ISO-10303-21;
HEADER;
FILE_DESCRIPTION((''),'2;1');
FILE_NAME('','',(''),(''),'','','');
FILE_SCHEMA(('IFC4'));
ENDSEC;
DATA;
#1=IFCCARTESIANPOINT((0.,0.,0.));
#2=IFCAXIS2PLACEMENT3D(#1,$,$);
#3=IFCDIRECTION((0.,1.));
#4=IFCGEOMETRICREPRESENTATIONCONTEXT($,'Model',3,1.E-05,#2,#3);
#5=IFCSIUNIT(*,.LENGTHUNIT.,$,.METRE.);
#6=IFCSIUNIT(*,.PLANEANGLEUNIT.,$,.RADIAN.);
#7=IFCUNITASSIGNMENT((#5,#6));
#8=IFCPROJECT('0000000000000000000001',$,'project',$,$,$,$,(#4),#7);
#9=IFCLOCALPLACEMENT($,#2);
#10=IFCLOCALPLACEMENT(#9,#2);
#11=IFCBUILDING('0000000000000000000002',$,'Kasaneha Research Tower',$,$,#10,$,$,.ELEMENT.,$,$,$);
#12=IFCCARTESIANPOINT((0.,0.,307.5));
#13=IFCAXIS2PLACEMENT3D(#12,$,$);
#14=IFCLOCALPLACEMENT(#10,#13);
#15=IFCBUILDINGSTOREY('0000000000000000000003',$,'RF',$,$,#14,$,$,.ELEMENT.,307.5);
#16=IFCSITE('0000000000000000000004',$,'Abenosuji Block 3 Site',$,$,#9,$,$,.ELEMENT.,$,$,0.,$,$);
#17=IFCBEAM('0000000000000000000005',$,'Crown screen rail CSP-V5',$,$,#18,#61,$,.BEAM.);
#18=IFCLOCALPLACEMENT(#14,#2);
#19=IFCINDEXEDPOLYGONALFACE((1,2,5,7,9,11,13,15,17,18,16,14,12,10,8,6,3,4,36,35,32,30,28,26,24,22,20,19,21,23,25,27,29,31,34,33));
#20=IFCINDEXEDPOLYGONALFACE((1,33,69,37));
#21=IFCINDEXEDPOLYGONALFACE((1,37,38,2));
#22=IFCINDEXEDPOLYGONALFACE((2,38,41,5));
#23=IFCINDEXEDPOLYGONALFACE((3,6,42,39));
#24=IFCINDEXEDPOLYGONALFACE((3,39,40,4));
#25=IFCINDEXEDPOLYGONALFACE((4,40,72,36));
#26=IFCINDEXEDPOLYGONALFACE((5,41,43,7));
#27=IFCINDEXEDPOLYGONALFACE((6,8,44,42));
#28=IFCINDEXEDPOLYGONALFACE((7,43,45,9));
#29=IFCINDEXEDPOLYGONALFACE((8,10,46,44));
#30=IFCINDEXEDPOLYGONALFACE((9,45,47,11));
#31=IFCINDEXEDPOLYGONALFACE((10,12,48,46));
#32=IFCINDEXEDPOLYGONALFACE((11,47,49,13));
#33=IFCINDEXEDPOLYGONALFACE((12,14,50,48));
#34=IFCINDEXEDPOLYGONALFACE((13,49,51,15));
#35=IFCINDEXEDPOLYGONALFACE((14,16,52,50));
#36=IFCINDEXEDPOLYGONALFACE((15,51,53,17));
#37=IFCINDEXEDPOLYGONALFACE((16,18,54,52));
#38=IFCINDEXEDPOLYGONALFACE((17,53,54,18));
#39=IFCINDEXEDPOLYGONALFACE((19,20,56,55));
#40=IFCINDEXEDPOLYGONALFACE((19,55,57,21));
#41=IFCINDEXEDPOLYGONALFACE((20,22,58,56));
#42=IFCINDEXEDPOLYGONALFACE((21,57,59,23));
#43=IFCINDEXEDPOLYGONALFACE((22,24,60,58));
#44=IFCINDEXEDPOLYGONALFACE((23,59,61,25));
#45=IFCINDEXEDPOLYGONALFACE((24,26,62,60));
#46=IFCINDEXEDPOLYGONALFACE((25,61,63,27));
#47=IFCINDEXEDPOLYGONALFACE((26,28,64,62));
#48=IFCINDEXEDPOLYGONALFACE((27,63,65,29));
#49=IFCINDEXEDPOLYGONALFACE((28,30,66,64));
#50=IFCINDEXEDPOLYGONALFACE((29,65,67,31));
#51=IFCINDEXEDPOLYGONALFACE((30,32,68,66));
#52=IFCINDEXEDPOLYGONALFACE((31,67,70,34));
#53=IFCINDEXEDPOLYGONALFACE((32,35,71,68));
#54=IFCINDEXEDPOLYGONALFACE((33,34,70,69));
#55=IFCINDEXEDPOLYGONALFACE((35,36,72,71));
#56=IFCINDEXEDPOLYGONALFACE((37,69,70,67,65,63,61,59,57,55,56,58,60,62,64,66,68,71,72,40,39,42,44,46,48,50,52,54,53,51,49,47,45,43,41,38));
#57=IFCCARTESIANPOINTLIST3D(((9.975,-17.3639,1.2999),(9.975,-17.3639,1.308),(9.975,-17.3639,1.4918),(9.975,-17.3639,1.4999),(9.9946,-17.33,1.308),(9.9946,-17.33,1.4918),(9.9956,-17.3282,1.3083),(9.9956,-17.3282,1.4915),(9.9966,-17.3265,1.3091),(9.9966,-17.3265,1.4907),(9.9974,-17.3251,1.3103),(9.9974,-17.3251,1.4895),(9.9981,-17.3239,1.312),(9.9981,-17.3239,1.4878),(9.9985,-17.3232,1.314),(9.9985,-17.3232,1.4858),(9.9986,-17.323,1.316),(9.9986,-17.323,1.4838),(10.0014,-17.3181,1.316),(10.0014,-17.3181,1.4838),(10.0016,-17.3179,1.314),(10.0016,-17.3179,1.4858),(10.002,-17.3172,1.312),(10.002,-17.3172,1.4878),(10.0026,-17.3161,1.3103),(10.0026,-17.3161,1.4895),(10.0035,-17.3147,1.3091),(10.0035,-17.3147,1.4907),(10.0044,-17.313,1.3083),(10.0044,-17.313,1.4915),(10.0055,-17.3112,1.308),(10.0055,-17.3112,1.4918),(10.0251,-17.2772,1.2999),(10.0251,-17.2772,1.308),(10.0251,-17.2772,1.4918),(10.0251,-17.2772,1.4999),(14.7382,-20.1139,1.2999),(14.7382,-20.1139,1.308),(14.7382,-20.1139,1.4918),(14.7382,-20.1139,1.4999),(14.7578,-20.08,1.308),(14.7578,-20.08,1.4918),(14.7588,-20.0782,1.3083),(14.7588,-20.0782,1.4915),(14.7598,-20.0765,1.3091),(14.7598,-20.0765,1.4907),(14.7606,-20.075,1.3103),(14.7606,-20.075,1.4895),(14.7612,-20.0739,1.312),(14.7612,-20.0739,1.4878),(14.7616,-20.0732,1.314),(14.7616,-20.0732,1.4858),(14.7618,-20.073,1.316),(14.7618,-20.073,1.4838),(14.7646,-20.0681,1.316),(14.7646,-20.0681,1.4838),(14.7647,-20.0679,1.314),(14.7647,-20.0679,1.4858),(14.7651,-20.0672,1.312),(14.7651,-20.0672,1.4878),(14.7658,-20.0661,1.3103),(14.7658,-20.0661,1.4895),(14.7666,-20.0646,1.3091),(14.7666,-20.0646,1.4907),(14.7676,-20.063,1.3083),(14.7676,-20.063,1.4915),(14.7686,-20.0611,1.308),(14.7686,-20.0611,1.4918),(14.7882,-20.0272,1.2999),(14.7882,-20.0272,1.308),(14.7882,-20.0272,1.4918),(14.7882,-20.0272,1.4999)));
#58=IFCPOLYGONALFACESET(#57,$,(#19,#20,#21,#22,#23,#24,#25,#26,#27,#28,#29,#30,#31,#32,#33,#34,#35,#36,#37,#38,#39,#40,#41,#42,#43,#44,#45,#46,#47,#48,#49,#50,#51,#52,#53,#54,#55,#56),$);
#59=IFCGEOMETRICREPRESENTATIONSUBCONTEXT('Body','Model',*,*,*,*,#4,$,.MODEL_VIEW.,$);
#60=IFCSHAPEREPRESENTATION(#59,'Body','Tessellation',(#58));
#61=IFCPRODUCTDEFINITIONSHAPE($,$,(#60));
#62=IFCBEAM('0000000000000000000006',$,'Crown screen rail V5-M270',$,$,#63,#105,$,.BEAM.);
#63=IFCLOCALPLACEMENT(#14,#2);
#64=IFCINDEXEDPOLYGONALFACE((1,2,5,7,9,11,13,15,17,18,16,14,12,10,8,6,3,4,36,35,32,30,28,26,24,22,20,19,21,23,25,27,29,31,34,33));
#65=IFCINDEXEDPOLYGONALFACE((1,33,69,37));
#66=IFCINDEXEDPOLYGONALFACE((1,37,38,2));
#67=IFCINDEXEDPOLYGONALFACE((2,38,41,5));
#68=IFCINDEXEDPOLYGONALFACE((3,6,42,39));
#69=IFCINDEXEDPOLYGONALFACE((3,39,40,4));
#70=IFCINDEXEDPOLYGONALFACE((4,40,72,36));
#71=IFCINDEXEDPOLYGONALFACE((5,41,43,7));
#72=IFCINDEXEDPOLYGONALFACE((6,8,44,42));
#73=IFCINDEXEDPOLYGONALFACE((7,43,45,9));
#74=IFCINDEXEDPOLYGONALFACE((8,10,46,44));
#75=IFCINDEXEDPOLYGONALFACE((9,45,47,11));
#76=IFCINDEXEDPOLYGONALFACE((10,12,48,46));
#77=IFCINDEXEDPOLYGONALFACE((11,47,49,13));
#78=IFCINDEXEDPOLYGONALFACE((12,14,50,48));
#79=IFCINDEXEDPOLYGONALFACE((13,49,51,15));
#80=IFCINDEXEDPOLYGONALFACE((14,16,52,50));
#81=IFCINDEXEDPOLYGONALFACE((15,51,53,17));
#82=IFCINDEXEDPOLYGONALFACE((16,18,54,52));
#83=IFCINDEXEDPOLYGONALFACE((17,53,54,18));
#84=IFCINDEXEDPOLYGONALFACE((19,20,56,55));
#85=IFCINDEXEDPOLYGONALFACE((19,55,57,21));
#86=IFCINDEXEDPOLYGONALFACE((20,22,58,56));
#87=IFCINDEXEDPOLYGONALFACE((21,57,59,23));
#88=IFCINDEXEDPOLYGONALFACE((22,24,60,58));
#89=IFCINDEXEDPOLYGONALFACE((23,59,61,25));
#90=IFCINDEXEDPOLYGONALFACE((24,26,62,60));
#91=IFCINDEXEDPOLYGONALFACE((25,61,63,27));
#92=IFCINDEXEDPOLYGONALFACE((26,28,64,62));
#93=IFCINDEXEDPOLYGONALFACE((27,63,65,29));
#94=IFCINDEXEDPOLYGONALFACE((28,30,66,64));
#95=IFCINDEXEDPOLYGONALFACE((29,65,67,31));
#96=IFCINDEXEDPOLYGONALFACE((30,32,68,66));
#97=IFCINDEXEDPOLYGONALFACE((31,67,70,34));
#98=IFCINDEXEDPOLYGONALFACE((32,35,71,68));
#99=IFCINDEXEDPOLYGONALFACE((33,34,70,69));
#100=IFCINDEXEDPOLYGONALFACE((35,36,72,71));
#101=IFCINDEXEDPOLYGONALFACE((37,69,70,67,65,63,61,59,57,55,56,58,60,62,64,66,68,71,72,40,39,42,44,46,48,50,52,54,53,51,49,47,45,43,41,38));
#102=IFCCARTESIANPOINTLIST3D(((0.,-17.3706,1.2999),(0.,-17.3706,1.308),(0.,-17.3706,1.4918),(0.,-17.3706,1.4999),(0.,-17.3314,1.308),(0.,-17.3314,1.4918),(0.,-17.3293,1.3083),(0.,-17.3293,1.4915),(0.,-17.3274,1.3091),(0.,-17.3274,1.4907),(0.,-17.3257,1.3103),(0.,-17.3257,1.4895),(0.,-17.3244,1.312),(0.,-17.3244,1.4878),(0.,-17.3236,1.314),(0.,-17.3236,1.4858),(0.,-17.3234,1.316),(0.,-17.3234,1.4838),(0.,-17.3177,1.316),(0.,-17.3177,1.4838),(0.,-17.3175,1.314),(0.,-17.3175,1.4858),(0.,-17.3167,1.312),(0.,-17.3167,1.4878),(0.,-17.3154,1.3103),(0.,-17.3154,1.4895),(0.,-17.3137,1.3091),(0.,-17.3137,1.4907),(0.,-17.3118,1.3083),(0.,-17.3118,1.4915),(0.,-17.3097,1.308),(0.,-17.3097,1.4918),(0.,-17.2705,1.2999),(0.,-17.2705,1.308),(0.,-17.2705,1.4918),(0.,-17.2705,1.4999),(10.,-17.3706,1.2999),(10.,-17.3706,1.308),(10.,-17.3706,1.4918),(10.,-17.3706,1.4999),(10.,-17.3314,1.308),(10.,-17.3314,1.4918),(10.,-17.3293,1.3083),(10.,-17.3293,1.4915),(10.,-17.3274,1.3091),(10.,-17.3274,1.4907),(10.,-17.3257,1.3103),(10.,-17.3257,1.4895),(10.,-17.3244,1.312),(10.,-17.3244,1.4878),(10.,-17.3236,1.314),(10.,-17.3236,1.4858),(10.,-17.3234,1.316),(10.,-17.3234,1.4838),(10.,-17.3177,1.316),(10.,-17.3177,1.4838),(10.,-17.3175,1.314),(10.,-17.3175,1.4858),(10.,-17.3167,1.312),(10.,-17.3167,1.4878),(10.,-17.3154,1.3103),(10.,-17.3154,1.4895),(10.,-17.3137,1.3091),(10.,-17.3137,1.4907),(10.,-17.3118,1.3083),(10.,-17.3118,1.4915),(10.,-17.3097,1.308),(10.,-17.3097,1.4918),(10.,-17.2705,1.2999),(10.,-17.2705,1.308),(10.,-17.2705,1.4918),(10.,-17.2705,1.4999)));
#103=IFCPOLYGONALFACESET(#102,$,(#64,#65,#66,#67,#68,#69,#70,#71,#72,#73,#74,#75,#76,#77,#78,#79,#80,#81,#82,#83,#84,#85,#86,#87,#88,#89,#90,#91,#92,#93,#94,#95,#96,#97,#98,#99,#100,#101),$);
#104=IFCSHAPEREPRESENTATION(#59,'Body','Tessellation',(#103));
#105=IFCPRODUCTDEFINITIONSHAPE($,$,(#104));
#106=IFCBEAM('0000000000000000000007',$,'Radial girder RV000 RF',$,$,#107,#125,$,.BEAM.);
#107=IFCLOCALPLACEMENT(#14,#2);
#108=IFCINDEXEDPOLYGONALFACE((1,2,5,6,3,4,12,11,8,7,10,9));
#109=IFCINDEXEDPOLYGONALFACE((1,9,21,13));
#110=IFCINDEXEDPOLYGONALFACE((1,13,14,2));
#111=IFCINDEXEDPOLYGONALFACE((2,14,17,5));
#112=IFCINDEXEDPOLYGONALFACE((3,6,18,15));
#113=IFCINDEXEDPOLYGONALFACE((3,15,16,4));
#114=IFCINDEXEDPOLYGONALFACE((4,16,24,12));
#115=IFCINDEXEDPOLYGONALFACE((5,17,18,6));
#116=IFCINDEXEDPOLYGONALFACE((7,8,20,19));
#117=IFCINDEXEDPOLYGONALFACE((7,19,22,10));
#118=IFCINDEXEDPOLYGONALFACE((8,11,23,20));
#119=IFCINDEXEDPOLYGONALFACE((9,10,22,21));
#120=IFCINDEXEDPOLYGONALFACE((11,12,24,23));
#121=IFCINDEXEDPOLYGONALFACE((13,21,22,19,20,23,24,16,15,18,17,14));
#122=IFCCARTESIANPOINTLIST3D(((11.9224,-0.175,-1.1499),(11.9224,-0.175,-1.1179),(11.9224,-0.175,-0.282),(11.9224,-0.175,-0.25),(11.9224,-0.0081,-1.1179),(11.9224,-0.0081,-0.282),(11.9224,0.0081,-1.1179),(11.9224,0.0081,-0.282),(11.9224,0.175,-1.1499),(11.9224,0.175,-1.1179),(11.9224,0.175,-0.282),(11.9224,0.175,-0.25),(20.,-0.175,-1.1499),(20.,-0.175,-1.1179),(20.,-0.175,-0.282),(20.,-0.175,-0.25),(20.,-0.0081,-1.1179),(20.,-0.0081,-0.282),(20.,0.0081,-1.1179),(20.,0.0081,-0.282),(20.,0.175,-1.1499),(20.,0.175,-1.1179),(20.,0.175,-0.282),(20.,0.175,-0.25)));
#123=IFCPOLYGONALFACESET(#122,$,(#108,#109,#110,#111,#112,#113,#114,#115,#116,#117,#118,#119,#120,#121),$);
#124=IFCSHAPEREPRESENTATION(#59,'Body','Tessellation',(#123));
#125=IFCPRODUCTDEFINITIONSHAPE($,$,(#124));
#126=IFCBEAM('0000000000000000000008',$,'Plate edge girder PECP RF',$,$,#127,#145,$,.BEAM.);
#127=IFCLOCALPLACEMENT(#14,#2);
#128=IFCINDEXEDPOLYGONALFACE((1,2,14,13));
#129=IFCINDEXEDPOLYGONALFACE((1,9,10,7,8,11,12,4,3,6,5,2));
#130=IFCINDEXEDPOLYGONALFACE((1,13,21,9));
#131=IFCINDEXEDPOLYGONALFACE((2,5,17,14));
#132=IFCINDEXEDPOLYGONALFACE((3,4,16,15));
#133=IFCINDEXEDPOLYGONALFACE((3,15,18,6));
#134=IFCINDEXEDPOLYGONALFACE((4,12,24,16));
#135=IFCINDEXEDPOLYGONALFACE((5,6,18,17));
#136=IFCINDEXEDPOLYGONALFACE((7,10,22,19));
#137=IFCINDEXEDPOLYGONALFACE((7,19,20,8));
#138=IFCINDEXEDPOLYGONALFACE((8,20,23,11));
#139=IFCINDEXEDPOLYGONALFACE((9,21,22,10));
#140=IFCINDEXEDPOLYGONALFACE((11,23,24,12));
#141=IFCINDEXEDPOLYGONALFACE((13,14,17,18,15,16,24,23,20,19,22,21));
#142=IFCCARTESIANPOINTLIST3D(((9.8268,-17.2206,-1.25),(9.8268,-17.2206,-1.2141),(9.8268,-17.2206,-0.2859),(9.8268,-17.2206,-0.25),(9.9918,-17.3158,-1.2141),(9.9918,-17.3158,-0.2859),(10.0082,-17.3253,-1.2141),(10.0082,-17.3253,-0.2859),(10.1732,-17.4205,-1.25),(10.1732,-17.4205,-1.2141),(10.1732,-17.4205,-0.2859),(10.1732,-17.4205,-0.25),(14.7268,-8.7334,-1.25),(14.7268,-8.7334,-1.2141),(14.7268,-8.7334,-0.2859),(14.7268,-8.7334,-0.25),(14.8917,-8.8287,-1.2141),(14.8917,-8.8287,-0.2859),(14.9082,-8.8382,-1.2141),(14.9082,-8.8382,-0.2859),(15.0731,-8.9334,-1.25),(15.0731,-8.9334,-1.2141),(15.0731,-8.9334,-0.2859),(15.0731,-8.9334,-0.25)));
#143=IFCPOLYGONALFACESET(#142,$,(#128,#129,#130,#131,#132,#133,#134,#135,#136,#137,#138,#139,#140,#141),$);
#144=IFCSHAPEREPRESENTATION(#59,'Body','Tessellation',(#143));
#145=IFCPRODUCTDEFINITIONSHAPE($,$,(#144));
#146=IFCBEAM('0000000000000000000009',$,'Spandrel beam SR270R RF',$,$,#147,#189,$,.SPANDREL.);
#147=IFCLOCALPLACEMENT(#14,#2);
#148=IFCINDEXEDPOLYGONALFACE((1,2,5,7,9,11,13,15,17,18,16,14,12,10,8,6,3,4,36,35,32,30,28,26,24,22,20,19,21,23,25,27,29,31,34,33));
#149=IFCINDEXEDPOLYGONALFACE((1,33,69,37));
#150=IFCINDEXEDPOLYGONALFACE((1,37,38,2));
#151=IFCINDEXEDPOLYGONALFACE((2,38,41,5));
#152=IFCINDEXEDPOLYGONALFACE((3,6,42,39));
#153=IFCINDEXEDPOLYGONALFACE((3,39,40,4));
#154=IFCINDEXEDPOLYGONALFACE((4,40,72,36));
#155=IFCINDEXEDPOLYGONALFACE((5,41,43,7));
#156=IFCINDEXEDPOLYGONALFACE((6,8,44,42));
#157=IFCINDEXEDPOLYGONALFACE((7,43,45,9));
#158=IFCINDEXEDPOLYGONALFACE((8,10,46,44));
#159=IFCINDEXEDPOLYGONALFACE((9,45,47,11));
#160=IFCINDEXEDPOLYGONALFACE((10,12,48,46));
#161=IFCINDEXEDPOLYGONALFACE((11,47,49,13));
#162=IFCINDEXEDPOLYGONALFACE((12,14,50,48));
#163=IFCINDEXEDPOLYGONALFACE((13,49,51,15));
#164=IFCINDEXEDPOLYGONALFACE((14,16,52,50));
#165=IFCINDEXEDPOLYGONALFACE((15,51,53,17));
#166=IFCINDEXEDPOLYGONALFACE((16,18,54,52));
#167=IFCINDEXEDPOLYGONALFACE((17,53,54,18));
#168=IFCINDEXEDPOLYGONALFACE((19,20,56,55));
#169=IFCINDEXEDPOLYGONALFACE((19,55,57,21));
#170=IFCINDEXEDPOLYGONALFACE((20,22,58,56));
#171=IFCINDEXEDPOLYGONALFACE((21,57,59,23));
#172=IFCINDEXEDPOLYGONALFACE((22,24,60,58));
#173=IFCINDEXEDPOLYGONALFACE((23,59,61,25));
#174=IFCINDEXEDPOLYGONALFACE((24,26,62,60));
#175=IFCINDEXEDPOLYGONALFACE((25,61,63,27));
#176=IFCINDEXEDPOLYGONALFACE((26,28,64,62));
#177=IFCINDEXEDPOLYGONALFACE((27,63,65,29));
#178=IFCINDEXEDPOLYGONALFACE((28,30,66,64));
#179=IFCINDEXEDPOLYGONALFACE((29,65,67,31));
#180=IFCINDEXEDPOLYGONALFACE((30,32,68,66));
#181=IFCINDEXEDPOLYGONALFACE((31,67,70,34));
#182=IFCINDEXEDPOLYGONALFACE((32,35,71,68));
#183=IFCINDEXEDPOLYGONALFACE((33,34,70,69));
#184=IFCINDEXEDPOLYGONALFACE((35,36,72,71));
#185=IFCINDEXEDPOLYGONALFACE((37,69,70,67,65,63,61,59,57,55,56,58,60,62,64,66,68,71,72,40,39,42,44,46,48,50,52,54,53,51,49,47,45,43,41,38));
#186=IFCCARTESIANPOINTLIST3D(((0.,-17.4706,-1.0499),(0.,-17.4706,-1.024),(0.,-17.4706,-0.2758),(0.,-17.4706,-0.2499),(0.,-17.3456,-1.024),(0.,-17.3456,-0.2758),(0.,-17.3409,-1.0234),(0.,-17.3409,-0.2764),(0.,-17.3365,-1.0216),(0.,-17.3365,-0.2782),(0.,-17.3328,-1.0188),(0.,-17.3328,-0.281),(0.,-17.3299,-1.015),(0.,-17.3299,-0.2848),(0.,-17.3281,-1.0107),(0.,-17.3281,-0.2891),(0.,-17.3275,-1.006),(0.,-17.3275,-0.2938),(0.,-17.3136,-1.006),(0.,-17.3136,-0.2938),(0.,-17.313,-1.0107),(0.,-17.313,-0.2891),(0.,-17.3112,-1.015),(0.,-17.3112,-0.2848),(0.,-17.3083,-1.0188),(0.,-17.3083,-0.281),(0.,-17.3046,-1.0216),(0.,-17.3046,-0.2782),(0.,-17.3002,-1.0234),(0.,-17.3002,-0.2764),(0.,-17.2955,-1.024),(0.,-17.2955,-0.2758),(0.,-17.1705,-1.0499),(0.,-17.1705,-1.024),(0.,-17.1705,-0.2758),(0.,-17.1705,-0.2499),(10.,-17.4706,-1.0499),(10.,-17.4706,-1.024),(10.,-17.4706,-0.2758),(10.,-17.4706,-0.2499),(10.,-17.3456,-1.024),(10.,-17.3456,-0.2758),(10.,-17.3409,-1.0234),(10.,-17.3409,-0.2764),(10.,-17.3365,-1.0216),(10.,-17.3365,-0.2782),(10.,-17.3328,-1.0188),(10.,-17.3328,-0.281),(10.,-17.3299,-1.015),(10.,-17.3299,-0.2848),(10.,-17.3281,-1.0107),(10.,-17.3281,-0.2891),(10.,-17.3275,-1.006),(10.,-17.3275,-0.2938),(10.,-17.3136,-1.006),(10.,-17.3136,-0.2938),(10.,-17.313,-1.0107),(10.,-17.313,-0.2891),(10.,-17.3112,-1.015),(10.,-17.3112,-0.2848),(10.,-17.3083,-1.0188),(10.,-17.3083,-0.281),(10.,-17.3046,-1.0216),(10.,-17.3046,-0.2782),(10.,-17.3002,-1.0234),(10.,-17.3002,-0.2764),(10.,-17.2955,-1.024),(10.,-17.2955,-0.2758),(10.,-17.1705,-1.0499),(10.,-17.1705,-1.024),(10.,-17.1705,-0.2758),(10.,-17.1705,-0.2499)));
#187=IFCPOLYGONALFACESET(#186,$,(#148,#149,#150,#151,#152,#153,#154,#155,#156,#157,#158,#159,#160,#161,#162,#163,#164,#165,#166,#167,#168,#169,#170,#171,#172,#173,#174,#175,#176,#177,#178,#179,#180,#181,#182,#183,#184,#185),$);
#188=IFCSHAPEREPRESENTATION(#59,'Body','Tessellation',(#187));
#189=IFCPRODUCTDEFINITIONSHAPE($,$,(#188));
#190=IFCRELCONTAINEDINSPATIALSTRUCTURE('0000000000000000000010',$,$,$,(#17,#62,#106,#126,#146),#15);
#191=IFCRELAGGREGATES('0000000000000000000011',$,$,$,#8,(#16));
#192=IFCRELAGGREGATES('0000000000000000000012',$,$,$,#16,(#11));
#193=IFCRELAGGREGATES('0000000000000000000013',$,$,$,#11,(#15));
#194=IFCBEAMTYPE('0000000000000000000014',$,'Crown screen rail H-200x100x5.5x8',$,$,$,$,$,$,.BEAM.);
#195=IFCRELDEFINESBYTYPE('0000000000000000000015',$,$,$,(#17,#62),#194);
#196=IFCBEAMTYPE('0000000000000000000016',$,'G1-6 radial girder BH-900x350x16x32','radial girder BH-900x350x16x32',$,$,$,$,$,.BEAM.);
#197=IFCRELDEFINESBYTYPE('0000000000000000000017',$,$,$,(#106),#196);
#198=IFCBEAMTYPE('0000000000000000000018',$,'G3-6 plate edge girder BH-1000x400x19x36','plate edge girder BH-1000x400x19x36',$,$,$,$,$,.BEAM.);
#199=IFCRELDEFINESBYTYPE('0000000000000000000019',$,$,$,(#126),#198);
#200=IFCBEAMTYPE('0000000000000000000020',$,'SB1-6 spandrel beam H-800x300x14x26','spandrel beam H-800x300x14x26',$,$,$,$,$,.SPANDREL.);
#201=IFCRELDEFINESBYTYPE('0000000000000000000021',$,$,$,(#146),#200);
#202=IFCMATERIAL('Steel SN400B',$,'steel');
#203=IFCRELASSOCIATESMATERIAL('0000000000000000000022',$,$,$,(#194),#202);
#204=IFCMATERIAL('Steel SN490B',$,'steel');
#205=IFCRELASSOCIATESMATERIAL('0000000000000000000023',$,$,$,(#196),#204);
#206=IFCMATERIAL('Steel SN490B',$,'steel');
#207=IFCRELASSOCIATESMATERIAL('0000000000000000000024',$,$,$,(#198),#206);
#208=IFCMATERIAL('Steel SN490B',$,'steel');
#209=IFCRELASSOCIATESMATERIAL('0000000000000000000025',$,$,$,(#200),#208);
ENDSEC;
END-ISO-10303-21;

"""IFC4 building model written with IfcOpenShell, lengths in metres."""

from ifc_helpers import new_model, si_unit, direction, frame, origin, origin_2d, place, context, subcontext, project, spatial, i_section, extrude, material, material_profile, profile_set, type_object, element, save


model = new_model("IFC4")

# Units and contexts
model_context = context("Model", 3, precision=1e-05, world=origin(), true_north=direction((0.0, 1.0)))
body_context = subcontext(model_context, "Body", "Model", "MODEL_VIEW")
ifc_project = project(units=[si_unit("LENGTHUNIT", "METRE"), si_unit("PLANEANGLEUNIT", "RADIAN")], contexts=[model_context])

# Site, building, storey
site_placement = place(None, origin())
site = spatial("IfcSite", under=ifc_project, at=site_placement, Name="Abenosuji Block 3 Site", CompositionType="ELEMENT", RefElevation=0.0)
building_placement = place(site_placement, origin())
building = spatial("IfcBuilding", under=site, at=building_placement, Name="Kasaneha Research Tower", CompositionType="ELEMENT")
storey_placement = place(building_placement, frame((0.0, 0.0, 307.5)))
storey = spatial("IfcBuildingStorey", under=building, at=storey_placement, Name="RF", CompositionType="ELEMENT", Elevation=307.5)

# Beams
ifc_material_1 = material(Name="Steel SN400B", Category="steel")
ifc_material_profile_1 = material_profile(ifc_material_1, i_section(OverallWidth=0.1001, OverallDepth=0.2, WebThickness=0.0056, FlangeThickness=0.0081, FilletRadius=0.0081, at=origin_2d()), Name="H-200x100x5.5x8")
ifc_profile_set_1 = profile_set([ifc_material_profile_1], Name="Steel SN400B")
beam_type_1 = type_object("IfcBeamType", Name="Crown screen rail H-200x100x5.5x8", PredefinedType="BEAM", material=ifc_profile_set_1)
beam_1_placement = place(storey_placement, frame((14.7632, -20.0706, 1.3999), z_axis=(-0.866027, 0.499997, 0.0), x_axis=(-0.499997, -0.866027, 0.0)))
element("IfcBeam", 1, at=beam_1_placement, inside=storey, type_object=beam_type_1, Name="Crown screen rail CSP-V5", PredefinedType="BEAM", context=body_context, shape_type="SweptSolid", body=[
    extrude(i_section(OverallWidth=0.1001, OverallDepth=0.2, WebThickness=0.0056, FlangeThickness=0.0081, FilletRadius=0.0081, at=origin_2d()), origin(), (0.0, 0.0, 1.0), 5.5),
])
beam_2_placement = place(storey_placement, frame((10.0, -17.3206, 1.3999), z_axis=(-1.0, 0.0, 0.0), x_axis=(0.0, -1.0, 0.0)))
element("IfcBeam", 2, at=beam_2_placement, inside=storey, type_object=beam_type_1, Name="Crown screen rail V5-M270", PredefinedType="BEAM", context=body_context, shape_type="SweptSolid", body=[
    extrude(i_section(OverallWidth=0.1001, OverallDepth=0.2, WebThickness=0.0056, FlangeThickness=0.0081, FilletRadius=0.0081, at=origin_2d()), origin(), (0.0, 0.0, 1.0), 10.0),
])
ifc_material_2 = material(Name="Steel SN490B", Category="steel")
ifc_material_profile_2 = material_profile(ifc_material_2, i_section(OverallWidth=0.3501, OverallDepth=0.8999, WebThickness=0.0161, FlangeThickness=0.032, at=origin_2d()), Name="BH-900x350x16x32")
ifc_profile_set_2 = profile_set([ifc_material_profile_2], Name="Steel SN490B")
beam_type_2 = type_object("IfcBeamType", Name="G1-6 radial girder BH-900x350x16x32", Description="radial girder BH-900x350x16x32", PredefinedType="BEAM", material=ifc_profile_set_2)
beam_3_placement = place(storey_placement, frame((11.9224, 0.0, -0.7), z_axis=(1.0, 0.0, 0.0), x_axis=(0.0, 1.0, 0.0)))
element("IfcBeam", 3, at=beam_3_placement, inside=storey, type_object=beam_type_2, Name="Radial girder RV000 RF", PredefinedType="BEAM", context=body_context, shape_type="SweptSolid", body=[
    extrude(i_section(OverallWidth=0.3501, OverallDepth=0.8999, WebThickness=0.0161, FlangeThickness=0.032, at=origin_2d()), origin(), (0.0, 0.0, 1.0), 8.0776),
])
ifc_material_3 = material(Name="Steel SN490B", Category="steel")
ifc_material_profile_3 = material_profile(ifc_material_3, i_section(OverallWidth=0.3999, OverallDepth=1.0, WebThickness=0.019, FlangeThickness=0.0359, at=origin_2d()), Name="BH-1000x400x19x36")
ifc_profile_set_3 = profile_set([ifc_material_profile_3], Name="Steel SN490B")
beam_type_3 = type_object("IfcBeamType", Name="G3-6 plate edge girder BH-1000x400x19x36", Description="plate edge girder BH-1000x400x19x36", PredefinedType="BEAM", material=ifc_profile_set_3)
beam_4_placement = place(storey_placement, frame((10.0, -17.3206, -0.75), z_axis=(0.499992, 0.86603, 0.0), x_axis=(-0.86603, 0.499992, 0.0)))
element("IfcBeam", 4, at=beam_4_placement, inside=storey, type_object=beam_type_3, Name="Plate edge girder PECP RF", PredefinedType="BEAM", context=body_context, shape_type="SweptSolid", body=[
    extrude(i_section(OverallWidth=0.3999, OverallDepth=1.0, WebThickness=0.019, FlangeThickness=0.0359, at=origin_2d()), origin(), (0.0, 0.0, 1.0), 9.8),
])
ifc_material_4 = material(Name="Steel SN490B", Category="steel")
ifc_material_profile_4 = material_profile(ifc_material_4, i_section(OverallWidth=0.3, OverallDepth=0.8, WebThickness=0.0139, FlangeThickness=0.0259, FilletRadius=0.0181, at=origin_2d()), Name="H-800x300x14x26")
ifc_profile_set_4 = profile_set([ifc_material_profile_4], Name="Steel SN490B")
beam_type_4 = type_object("IfcBeamType", Name="SB1-6 spandrel beam H-800x300x14x26", Description="spandrel beam H-800x300x14x26", PredefinedType="SPANDREL", material=ifc_profile_set_4)
beam_5_placement = place(storey_placement, frame((10.0, -17.3206, -0.6499), z_axis=(-1.0, 0.0, 0.0), x_axis=(0.0, -1.0, 0.0)))
element("IfcBeam", 5, at=beam_5_placement, inside=storey, type_object=beam_type_4, Name="Spandrel beam SR270R RF", PredefinedType="SPANDREL", context=body_context, shape_type="SweptSolid", body=[
    extrude(i_section(OverallWidth=0.3, OverallDepth=0.8, WebThickness=0.0139, FlangeThickness=0.0259, FilletRadius=0.0181, at=origin_2d()), origin(), (0.0, 0.0, 1.0), 10.0),
])

save(model, "model.ifc")
